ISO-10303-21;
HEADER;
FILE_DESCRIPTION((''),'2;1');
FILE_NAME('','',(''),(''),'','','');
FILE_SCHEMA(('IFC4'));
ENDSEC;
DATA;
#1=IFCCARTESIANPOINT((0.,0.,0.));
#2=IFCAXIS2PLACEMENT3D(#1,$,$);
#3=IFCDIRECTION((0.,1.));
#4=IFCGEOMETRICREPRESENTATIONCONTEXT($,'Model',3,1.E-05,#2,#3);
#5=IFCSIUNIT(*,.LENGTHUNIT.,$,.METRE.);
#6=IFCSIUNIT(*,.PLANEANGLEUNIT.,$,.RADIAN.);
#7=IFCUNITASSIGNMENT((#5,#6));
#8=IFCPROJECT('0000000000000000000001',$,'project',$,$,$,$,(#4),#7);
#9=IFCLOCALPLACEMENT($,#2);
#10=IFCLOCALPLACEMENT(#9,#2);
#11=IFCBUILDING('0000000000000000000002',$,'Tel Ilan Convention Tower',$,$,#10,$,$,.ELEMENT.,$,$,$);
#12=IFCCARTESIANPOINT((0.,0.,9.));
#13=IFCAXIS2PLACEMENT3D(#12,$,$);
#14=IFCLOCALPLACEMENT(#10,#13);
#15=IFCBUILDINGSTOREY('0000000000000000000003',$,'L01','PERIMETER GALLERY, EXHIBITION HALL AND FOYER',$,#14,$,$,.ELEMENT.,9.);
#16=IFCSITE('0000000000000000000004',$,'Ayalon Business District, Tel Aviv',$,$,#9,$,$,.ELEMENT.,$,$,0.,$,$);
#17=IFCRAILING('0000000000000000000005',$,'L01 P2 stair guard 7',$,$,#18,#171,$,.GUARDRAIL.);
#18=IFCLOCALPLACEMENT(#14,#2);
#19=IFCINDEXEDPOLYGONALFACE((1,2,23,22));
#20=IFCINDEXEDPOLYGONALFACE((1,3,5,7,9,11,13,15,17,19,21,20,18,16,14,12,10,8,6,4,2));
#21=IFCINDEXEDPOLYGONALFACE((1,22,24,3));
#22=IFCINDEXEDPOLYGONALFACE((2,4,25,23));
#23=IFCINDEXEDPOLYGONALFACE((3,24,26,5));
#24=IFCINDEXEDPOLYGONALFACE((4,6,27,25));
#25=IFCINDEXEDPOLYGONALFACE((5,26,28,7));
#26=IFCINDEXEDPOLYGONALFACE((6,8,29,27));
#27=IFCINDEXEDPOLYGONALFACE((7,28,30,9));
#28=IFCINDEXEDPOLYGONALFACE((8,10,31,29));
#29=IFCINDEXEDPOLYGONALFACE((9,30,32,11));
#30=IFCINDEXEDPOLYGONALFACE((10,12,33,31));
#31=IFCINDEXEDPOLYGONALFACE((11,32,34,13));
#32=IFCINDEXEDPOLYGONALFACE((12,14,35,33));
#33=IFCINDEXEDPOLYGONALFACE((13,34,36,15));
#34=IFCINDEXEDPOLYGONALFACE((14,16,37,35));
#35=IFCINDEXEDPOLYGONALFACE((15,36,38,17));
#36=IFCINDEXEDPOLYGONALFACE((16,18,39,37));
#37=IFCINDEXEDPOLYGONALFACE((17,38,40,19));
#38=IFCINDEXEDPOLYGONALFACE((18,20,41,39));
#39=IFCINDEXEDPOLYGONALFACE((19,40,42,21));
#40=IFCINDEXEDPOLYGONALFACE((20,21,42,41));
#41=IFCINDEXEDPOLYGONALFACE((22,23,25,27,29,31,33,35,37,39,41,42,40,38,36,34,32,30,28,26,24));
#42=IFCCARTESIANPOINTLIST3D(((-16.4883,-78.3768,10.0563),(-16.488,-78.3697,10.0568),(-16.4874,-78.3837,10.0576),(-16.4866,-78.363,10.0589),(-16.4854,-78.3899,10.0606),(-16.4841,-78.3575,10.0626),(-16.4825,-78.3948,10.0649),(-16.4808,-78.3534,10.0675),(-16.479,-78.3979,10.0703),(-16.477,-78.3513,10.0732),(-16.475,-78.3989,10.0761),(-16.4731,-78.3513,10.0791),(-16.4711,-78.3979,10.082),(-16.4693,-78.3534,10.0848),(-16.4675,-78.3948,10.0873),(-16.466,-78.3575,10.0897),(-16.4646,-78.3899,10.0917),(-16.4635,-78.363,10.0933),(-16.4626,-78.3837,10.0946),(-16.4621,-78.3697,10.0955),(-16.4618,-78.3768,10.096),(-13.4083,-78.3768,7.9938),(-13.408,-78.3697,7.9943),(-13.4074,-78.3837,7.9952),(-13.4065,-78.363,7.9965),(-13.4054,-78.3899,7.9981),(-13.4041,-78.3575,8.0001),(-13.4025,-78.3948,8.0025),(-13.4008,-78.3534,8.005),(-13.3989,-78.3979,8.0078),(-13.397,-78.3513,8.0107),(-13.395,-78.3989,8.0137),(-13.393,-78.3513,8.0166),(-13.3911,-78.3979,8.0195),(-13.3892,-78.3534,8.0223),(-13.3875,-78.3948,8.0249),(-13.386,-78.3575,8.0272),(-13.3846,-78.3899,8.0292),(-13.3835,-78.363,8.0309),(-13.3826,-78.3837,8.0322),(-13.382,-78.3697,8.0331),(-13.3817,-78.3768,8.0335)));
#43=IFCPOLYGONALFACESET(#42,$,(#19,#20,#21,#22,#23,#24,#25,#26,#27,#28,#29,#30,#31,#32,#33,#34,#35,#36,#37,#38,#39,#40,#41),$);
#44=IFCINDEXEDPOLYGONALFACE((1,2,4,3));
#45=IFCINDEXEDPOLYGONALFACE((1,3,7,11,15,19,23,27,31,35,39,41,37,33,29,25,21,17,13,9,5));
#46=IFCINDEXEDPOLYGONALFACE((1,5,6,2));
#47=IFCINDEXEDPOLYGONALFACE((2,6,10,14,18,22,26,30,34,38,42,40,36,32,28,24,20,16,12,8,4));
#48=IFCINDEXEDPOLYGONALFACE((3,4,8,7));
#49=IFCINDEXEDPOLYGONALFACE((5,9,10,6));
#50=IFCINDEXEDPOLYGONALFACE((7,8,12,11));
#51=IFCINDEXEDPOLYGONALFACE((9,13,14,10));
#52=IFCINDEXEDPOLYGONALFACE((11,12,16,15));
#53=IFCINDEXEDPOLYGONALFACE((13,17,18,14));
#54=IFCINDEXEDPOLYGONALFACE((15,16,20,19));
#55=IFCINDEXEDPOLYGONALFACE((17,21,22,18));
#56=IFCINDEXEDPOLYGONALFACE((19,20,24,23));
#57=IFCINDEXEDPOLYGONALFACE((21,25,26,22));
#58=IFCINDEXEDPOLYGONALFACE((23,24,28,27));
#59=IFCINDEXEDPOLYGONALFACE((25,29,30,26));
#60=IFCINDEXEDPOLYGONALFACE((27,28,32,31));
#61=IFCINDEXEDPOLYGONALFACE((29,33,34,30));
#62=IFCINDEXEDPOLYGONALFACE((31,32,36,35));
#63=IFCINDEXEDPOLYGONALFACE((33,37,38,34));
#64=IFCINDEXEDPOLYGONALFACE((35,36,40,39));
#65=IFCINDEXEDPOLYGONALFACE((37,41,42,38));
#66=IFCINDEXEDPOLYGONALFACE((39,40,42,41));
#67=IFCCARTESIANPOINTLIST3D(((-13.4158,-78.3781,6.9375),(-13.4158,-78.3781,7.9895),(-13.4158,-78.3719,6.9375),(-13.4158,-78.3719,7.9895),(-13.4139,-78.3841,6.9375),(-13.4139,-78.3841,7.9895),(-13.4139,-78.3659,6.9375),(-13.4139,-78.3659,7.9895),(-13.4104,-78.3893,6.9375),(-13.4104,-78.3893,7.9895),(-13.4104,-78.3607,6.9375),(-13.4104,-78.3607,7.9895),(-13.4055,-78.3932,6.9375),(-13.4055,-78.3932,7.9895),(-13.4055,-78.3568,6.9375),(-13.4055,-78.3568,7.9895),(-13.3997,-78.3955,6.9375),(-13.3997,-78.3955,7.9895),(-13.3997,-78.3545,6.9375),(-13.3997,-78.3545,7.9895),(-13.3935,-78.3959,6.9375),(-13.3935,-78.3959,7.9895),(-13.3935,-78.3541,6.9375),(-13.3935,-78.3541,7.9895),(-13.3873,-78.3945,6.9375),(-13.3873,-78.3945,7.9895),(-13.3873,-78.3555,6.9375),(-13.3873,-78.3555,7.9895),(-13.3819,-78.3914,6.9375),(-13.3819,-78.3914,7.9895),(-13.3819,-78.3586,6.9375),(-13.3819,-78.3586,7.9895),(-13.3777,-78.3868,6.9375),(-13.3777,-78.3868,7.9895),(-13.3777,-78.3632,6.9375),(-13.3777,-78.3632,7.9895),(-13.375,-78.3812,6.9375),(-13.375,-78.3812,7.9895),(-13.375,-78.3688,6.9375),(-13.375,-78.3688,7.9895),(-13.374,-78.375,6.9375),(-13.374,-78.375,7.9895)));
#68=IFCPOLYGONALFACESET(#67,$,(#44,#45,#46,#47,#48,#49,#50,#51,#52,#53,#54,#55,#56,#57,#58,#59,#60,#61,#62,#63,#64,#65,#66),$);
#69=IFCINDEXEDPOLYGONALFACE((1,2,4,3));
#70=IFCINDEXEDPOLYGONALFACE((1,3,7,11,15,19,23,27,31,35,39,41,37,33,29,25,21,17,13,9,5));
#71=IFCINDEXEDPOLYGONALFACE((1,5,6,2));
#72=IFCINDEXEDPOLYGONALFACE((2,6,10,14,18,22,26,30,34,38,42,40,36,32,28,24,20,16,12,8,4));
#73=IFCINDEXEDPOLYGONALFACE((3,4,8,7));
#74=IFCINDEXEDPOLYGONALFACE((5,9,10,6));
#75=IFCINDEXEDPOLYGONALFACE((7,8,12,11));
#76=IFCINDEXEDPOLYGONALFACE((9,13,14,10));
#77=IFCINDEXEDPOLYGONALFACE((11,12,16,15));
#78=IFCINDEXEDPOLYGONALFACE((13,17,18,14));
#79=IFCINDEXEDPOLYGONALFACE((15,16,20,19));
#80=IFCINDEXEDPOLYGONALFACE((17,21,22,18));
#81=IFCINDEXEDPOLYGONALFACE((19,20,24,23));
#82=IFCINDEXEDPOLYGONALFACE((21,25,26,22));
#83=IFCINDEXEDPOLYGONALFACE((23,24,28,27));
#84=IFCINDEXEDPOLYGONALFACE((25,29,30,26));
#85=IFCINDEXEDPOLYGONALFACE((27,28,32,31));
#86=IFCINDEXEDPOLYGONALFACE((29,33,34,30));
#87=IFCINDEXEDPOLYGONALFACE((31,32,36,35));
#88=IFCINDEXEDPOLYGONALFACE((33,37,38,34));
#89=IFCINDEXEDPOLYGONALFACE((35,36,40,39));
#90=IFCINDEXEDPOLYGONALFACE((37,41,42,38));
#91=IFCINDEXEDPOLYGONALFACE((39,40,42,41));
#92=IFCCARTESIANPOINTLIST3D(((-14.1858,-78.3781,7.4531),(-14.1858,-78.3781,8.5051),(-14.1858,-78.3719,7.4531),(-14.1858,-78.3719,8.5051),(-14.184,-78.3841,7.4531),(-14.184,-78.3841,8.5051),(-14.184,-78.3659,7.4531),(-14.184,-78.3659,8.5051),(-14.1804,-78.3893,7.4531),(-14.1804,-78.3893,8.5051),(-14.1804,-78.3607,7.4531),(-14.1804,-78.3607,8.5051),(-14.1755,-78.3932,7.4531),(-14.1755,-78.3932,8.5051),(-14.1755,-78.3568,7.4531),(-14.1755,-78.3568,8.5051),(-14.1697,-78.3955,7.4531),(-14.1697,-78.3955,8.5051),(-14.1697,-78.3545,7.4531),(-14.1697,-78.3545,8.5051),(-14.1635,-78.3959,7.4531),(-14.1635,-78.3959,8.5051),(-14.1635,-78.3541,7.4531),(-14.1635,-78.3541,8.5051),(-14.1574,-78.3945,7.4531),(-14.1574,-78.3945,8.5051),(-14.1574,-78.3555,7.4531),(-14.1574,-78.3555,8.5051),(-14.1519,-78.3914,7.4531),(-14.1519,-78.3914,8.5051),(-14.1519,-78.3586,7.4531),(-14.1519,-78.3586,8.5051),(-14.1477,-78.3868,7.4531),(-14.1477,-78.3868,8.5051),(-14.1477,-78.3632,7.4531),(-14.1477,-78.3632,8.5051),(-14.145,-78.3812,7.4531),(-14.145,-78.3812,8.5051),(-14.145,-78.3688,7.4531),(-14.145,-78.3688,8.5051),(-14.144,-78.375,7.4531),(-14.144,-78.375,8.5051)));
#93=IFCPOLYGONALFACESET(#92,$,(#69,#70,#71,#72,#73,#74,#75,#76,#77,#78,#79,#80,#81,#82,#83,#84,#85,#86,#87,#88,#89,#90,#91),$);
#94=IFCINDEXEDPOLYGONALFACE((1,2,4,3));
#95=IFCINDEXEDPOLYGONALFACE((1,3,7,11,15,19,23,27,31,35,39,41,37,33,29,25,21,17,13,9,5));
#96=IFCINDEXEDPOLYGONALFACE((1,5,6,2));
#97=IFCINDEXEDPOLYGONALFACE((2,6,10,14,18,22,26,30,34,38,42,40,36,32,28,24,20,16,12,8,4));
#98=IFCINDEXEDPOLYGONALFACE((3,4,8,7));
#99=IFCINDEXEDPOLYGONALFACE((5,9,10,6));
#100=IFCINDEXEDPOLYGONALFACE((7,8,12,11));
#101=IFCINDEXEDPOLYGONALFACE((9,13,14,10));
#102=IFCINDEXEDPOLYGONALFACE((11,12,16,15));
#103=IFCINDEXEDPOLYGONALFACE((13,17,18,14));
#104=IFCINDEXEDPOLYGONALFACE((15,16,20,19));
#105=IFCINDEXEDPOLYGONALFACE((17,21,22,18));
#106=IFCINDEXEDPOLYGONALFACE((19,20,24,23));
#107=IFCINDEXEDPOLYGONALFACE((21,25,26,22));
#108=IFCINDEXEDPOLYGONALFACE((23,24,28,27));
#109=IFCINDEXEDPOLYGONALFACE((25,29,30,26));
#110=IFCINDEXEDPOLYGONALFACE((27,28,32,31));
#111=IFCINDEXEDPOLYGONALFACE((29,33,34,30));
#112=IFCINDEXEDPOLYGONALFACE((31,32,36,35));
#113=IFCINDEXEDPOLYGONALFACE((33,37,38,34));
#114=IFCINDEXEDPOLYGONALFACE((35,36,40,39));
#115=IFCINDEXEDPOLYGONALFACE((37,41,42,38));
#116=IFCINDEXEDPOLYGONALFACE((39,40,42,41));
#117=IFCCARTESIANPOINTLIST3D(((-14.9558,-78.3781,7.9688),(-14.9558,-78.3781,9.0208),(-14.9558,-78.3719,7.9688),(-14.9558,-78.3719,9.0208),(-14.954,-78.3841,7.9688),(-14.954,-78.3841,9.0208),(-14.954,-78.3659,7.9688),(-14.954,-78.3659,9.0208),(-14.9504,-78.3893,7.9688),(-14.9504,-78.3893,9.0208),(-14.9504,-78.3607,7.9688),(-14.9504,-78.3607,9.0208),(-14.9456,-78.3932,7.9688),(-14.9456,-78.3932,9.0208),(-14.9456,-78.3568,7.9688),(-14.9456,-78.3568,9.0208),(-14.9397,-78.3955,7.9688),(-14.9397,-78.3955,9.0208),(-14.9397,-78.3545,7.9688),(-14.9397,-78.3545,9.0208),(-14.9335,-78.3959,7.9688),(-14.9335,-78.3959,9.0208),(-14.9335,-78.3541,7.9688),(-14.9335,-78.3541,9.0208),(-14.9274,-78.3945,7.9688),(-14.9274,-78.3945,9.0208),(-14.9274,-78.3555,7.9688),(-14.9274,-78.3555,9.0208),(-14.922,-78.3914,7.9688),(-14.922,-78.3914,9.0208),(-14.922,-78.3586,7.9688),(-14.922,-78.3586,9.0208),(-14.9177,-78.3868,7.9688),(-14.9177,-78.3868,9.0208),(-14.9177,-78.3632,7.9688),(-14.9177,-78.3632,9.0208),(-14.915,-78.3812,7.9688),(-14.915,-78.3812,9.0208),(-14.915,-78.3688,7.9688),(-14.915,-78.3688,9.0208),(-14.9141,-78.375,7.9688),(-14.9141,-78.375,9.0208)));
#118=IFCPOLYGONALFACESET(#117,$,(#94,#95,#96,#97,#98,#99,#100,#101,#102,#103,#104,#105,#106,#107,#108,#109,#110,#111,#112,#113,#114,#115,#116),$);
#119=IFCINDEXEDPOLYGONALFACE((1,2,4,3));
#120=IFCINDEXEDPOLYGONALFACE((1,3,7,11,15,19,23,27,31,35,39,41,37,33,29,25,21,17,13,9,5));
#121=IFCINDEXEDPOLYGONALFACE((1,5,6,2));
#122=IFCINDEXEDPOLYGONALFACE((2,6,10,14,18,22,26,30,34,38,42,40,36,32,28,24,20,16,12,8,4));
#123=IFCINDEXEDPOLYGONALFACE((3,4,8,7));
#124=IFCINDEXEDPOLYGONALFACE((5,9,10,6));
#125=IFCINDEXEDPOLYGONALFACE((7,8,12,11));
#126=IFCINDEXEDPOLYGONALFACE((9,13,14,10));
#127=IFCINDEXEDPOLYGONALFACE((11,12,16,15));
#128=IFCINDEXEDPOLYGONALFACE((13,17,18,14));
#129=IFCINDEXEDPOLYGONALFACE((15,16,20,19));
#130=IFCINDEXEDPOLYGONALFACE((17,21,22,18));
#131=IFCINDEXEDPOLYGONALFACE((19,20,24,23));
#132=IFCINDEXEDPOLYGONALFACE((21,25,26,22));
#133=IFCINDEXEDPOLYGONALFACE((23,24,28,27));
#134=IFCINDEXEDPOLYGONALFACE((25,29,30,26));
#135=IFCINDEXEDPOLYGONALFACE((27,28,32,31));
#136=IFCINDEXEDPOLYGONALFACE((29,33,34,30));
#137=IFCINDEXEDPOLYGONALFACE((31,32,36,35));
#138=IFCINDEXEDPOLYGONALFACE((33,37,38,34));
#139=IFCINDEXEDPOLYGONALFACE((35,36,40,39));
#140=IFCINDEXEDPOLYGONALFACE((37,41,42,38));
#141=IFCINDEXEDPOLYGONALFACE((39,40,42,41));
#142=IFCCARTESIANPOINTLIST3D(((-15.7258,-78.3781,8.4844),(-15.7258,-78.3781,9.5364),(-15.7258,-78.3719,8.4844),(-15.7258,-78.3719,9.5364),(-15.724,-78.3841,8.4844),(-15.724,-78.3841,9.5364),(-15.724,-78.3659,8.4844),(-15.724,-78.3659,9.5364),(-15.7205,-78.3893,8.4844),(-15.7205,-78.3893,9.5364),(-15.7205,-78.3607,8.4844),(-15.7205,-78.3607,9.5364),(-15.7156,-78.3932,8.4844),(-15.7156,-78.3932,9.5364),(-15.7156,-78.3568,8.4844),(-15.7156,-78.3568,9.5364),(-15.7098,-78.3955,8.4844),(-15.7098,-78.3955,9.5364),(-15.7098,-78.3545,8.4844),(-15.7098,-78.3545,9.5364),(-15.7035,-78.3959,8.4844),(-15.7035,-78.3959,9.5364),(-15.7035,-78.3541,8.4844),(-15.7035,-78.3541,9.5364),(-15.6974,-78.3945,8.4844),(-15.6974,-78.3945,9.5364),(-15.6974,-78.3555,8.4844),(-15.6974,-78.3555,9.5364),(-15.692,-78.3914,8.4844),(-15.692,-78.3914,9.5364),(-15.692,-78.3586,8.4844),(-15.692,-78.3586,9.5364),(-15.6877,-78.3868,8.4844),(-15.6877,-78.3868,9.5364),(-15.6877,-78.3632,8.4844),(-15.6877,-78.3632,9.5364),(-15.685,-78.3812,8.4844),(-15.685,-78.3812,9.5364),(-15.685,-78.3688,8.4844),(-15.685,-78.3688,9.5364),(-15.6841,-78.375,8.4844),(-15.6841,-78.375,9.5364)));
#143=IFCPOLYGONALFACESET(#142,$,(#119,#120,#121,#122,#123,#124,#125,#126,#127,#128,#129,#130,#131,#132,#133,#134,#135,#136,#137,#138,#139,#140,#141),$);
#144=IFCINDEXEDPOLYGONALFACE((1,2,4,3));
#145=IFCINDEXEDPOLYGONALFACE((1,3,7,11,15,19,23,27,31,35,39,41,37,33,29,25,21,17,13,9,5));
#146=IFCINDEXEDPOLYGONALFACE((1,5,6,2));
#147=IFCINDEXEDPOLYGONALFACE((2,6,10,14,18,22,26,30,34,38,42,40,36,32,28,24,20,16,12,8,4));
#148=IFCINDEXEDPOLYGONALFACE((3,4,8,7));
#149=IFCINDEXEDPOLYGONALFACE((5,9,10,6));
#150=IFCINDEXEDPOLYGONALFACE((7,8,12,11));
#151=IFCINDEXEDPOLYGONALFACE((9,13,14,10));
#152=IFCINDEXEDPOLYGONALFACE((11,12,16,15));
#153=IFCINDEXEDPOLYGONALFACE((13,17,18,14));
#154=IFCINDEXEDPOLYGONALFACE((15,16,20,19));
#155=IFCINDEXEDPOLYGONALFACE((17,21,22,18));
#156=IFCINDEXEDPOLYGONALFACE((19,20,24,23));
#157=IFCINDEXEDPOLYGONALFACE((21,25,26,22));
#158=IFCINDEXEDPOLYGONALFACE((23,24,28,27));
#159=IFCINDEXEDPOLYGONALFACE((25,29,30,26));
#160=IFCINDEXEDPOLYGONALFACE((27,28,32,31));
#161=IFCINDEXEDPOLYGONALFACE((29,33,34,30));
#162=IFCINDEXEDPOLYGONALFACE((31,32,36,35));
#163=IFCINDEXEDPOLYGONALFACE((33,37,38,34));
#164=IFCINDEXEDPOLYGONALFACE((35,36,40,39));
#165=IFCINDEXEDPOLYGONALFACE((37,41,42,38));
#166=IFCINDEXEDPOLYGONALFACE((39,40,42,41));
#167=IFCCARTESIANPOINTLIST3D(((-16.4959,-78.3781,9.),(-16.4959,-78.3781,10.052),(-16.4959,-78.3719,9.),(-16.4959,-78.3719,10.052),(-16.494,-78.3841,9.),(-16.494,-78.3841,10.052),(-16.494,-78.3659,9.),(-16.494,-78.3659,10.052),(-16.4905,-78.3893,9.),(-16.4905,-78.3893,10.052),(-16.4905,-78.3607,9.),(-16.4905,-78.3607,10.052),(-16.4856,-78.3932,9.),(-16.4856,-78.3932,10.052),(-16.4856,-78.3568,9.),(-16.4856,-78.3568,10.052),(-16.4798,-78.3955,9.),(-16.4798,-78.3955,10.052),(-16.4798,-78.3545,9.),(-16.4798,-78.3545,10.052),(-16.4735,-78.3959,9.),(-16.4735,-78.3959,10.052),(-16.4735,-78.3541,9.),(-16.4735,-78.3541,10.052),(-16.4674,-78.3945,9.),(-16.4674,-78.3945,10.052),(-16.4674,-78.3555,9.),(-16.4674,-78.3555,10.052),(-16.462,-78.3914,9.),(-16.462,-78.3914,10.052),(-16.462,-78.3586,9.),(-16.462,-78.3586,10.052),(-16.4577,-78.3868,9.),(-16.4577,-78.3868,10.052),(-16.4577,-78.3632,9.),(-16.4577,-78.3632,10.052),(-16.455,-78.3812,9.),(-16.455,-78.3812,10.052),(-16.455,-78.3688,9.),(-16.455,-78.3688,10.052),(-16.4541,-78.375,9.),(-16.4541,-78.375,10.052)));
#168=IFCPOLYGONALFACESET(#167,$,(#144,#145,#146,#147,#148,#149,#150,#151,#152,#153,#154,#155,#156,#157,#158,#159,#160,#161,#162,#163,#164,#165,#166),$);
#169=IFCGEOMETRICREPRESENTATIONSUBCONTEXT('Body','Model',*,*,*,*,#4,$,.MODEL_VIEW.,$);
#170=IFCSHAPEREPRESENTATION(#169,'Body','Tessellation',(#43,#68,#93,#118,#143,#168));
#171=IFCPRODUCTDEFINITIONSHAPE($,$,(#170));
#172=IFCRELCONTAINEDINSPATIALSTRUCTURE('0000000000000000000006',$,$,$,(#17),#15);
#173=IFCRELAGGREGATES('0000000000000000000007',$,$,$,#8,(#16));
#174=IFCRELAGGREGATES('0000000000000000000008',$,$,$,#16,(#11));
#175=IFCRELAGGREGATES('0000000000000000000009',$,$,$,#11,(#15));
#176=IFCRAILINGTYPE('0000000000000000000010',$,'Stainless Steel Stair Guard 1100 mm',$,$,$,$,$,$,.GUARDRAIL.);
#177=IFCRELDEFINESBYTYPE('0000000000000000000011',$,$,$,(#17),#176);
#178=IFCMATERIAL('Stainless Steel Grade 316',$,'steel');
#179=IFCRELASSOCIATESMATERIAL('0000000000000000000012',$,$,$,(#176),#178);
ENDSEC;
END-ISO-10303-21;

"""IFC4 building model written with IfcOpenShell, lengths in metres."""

from ifc_helpers import new_model, si_unit, direction, frame, origin, origin_2d, place, context, subcontext, project, spatial, circle, extrude, material, type_object, element, save


model = new_model("IFC4")

# Units and contexts
model_context = context("Model", 3, precision=1e-05, world=origin(), true_north=direction((0.0, 1.0)))
body_context = subcontext(model_context, "Body", "Model", "MODEL_VIEW")
ifc_project = project(units=[si_unit("LENGTHUNIT", "METRE"), si_unit("PLANEANGLEUNIT", "RADIAN")], contexts=[model_context])

# Site, building, storey
site_placement = place(None, origin())
site = spatial("IfcSite", under=ifc_project, at=site_placement, Name="Ayalon Business District, Tel Aviv", CompositionType="ELEMENT", RefElevation=0.0)
building_placement = place(site_placement, origin())
building = spatial("IfcBuilding", under=site, at=building_placement, Name="Tel Ilan Convention Tower", CompositionType="ELEMENT")
storey_placement = place(building_placement, frame((0.0, 0.0, 9.0)))
storey = spatial("IfcBuildingStorey", under=building, at=storey_placement, Name="L01", Description="PERIMETER GALLERY, EXHIBITION HALL AND FOYER", CompositionType="ELEMENT", Elevation=9.0)

# Railing
ifc_material_1 = material(Name="Stainless Steel Grade 316", Category="steel")
railing_type_1 = type_object("IfcRailingType", Name="Stainless Steel Stair Guard 1100 mm", PredefinedType="GUARDRAIL", material=ifc_material_1)
railing_1_placement = place(storey_placement, frame((-13.395, -78.375, 6.9375)))
element("IfcRailing", 1, at=railing_1_placement, inside=storey, type_object=railing_type_1, Name="L01 P2 stair guard 7", PredefinedType="GUARDRAIL", context=body_context, shape_type="SweptSolid", body=[
    extrude(circle(Radius=0.0239, at=origin_2d()), frame((0.0, 0.0, 1.0762), z_axis=(-0.830914, 0.0, 0.556401), x_axis=(0.0, -1.0, 0.0)), (0.0, 0.0, 1.0), 3.7068),
    extrude(circle(Radius=0.021, at=origin_2d()), origin(), (0.0, 0.0, 1.0), 1.052),
    extrude(circle(Radius=0.021, at=origin_2d()), frame((-0.77, 0.0, 0.5156)), (0.0, 0.0, 1.0), 1.052),
    extrude(circle(Radius=0.021, at=origin_2d()), frame((-1.54, 0.0, 1.0312)), (0.0, 0.0, 1.0), 1.052),
    extrude(circle(Radius=0.021, at=origin_2d()), frame((-2.3101, 0.0, 1.5469)), (0.0, 0.0, 1.0), 1.052),
    extrude(circle(Radius=0.021, at=origin_2d()), frame((-3.0801, 0.0, 2.0625)), (0.0, 0.0, 1.0), 1.052),
])

save(model, "model.ifc")
